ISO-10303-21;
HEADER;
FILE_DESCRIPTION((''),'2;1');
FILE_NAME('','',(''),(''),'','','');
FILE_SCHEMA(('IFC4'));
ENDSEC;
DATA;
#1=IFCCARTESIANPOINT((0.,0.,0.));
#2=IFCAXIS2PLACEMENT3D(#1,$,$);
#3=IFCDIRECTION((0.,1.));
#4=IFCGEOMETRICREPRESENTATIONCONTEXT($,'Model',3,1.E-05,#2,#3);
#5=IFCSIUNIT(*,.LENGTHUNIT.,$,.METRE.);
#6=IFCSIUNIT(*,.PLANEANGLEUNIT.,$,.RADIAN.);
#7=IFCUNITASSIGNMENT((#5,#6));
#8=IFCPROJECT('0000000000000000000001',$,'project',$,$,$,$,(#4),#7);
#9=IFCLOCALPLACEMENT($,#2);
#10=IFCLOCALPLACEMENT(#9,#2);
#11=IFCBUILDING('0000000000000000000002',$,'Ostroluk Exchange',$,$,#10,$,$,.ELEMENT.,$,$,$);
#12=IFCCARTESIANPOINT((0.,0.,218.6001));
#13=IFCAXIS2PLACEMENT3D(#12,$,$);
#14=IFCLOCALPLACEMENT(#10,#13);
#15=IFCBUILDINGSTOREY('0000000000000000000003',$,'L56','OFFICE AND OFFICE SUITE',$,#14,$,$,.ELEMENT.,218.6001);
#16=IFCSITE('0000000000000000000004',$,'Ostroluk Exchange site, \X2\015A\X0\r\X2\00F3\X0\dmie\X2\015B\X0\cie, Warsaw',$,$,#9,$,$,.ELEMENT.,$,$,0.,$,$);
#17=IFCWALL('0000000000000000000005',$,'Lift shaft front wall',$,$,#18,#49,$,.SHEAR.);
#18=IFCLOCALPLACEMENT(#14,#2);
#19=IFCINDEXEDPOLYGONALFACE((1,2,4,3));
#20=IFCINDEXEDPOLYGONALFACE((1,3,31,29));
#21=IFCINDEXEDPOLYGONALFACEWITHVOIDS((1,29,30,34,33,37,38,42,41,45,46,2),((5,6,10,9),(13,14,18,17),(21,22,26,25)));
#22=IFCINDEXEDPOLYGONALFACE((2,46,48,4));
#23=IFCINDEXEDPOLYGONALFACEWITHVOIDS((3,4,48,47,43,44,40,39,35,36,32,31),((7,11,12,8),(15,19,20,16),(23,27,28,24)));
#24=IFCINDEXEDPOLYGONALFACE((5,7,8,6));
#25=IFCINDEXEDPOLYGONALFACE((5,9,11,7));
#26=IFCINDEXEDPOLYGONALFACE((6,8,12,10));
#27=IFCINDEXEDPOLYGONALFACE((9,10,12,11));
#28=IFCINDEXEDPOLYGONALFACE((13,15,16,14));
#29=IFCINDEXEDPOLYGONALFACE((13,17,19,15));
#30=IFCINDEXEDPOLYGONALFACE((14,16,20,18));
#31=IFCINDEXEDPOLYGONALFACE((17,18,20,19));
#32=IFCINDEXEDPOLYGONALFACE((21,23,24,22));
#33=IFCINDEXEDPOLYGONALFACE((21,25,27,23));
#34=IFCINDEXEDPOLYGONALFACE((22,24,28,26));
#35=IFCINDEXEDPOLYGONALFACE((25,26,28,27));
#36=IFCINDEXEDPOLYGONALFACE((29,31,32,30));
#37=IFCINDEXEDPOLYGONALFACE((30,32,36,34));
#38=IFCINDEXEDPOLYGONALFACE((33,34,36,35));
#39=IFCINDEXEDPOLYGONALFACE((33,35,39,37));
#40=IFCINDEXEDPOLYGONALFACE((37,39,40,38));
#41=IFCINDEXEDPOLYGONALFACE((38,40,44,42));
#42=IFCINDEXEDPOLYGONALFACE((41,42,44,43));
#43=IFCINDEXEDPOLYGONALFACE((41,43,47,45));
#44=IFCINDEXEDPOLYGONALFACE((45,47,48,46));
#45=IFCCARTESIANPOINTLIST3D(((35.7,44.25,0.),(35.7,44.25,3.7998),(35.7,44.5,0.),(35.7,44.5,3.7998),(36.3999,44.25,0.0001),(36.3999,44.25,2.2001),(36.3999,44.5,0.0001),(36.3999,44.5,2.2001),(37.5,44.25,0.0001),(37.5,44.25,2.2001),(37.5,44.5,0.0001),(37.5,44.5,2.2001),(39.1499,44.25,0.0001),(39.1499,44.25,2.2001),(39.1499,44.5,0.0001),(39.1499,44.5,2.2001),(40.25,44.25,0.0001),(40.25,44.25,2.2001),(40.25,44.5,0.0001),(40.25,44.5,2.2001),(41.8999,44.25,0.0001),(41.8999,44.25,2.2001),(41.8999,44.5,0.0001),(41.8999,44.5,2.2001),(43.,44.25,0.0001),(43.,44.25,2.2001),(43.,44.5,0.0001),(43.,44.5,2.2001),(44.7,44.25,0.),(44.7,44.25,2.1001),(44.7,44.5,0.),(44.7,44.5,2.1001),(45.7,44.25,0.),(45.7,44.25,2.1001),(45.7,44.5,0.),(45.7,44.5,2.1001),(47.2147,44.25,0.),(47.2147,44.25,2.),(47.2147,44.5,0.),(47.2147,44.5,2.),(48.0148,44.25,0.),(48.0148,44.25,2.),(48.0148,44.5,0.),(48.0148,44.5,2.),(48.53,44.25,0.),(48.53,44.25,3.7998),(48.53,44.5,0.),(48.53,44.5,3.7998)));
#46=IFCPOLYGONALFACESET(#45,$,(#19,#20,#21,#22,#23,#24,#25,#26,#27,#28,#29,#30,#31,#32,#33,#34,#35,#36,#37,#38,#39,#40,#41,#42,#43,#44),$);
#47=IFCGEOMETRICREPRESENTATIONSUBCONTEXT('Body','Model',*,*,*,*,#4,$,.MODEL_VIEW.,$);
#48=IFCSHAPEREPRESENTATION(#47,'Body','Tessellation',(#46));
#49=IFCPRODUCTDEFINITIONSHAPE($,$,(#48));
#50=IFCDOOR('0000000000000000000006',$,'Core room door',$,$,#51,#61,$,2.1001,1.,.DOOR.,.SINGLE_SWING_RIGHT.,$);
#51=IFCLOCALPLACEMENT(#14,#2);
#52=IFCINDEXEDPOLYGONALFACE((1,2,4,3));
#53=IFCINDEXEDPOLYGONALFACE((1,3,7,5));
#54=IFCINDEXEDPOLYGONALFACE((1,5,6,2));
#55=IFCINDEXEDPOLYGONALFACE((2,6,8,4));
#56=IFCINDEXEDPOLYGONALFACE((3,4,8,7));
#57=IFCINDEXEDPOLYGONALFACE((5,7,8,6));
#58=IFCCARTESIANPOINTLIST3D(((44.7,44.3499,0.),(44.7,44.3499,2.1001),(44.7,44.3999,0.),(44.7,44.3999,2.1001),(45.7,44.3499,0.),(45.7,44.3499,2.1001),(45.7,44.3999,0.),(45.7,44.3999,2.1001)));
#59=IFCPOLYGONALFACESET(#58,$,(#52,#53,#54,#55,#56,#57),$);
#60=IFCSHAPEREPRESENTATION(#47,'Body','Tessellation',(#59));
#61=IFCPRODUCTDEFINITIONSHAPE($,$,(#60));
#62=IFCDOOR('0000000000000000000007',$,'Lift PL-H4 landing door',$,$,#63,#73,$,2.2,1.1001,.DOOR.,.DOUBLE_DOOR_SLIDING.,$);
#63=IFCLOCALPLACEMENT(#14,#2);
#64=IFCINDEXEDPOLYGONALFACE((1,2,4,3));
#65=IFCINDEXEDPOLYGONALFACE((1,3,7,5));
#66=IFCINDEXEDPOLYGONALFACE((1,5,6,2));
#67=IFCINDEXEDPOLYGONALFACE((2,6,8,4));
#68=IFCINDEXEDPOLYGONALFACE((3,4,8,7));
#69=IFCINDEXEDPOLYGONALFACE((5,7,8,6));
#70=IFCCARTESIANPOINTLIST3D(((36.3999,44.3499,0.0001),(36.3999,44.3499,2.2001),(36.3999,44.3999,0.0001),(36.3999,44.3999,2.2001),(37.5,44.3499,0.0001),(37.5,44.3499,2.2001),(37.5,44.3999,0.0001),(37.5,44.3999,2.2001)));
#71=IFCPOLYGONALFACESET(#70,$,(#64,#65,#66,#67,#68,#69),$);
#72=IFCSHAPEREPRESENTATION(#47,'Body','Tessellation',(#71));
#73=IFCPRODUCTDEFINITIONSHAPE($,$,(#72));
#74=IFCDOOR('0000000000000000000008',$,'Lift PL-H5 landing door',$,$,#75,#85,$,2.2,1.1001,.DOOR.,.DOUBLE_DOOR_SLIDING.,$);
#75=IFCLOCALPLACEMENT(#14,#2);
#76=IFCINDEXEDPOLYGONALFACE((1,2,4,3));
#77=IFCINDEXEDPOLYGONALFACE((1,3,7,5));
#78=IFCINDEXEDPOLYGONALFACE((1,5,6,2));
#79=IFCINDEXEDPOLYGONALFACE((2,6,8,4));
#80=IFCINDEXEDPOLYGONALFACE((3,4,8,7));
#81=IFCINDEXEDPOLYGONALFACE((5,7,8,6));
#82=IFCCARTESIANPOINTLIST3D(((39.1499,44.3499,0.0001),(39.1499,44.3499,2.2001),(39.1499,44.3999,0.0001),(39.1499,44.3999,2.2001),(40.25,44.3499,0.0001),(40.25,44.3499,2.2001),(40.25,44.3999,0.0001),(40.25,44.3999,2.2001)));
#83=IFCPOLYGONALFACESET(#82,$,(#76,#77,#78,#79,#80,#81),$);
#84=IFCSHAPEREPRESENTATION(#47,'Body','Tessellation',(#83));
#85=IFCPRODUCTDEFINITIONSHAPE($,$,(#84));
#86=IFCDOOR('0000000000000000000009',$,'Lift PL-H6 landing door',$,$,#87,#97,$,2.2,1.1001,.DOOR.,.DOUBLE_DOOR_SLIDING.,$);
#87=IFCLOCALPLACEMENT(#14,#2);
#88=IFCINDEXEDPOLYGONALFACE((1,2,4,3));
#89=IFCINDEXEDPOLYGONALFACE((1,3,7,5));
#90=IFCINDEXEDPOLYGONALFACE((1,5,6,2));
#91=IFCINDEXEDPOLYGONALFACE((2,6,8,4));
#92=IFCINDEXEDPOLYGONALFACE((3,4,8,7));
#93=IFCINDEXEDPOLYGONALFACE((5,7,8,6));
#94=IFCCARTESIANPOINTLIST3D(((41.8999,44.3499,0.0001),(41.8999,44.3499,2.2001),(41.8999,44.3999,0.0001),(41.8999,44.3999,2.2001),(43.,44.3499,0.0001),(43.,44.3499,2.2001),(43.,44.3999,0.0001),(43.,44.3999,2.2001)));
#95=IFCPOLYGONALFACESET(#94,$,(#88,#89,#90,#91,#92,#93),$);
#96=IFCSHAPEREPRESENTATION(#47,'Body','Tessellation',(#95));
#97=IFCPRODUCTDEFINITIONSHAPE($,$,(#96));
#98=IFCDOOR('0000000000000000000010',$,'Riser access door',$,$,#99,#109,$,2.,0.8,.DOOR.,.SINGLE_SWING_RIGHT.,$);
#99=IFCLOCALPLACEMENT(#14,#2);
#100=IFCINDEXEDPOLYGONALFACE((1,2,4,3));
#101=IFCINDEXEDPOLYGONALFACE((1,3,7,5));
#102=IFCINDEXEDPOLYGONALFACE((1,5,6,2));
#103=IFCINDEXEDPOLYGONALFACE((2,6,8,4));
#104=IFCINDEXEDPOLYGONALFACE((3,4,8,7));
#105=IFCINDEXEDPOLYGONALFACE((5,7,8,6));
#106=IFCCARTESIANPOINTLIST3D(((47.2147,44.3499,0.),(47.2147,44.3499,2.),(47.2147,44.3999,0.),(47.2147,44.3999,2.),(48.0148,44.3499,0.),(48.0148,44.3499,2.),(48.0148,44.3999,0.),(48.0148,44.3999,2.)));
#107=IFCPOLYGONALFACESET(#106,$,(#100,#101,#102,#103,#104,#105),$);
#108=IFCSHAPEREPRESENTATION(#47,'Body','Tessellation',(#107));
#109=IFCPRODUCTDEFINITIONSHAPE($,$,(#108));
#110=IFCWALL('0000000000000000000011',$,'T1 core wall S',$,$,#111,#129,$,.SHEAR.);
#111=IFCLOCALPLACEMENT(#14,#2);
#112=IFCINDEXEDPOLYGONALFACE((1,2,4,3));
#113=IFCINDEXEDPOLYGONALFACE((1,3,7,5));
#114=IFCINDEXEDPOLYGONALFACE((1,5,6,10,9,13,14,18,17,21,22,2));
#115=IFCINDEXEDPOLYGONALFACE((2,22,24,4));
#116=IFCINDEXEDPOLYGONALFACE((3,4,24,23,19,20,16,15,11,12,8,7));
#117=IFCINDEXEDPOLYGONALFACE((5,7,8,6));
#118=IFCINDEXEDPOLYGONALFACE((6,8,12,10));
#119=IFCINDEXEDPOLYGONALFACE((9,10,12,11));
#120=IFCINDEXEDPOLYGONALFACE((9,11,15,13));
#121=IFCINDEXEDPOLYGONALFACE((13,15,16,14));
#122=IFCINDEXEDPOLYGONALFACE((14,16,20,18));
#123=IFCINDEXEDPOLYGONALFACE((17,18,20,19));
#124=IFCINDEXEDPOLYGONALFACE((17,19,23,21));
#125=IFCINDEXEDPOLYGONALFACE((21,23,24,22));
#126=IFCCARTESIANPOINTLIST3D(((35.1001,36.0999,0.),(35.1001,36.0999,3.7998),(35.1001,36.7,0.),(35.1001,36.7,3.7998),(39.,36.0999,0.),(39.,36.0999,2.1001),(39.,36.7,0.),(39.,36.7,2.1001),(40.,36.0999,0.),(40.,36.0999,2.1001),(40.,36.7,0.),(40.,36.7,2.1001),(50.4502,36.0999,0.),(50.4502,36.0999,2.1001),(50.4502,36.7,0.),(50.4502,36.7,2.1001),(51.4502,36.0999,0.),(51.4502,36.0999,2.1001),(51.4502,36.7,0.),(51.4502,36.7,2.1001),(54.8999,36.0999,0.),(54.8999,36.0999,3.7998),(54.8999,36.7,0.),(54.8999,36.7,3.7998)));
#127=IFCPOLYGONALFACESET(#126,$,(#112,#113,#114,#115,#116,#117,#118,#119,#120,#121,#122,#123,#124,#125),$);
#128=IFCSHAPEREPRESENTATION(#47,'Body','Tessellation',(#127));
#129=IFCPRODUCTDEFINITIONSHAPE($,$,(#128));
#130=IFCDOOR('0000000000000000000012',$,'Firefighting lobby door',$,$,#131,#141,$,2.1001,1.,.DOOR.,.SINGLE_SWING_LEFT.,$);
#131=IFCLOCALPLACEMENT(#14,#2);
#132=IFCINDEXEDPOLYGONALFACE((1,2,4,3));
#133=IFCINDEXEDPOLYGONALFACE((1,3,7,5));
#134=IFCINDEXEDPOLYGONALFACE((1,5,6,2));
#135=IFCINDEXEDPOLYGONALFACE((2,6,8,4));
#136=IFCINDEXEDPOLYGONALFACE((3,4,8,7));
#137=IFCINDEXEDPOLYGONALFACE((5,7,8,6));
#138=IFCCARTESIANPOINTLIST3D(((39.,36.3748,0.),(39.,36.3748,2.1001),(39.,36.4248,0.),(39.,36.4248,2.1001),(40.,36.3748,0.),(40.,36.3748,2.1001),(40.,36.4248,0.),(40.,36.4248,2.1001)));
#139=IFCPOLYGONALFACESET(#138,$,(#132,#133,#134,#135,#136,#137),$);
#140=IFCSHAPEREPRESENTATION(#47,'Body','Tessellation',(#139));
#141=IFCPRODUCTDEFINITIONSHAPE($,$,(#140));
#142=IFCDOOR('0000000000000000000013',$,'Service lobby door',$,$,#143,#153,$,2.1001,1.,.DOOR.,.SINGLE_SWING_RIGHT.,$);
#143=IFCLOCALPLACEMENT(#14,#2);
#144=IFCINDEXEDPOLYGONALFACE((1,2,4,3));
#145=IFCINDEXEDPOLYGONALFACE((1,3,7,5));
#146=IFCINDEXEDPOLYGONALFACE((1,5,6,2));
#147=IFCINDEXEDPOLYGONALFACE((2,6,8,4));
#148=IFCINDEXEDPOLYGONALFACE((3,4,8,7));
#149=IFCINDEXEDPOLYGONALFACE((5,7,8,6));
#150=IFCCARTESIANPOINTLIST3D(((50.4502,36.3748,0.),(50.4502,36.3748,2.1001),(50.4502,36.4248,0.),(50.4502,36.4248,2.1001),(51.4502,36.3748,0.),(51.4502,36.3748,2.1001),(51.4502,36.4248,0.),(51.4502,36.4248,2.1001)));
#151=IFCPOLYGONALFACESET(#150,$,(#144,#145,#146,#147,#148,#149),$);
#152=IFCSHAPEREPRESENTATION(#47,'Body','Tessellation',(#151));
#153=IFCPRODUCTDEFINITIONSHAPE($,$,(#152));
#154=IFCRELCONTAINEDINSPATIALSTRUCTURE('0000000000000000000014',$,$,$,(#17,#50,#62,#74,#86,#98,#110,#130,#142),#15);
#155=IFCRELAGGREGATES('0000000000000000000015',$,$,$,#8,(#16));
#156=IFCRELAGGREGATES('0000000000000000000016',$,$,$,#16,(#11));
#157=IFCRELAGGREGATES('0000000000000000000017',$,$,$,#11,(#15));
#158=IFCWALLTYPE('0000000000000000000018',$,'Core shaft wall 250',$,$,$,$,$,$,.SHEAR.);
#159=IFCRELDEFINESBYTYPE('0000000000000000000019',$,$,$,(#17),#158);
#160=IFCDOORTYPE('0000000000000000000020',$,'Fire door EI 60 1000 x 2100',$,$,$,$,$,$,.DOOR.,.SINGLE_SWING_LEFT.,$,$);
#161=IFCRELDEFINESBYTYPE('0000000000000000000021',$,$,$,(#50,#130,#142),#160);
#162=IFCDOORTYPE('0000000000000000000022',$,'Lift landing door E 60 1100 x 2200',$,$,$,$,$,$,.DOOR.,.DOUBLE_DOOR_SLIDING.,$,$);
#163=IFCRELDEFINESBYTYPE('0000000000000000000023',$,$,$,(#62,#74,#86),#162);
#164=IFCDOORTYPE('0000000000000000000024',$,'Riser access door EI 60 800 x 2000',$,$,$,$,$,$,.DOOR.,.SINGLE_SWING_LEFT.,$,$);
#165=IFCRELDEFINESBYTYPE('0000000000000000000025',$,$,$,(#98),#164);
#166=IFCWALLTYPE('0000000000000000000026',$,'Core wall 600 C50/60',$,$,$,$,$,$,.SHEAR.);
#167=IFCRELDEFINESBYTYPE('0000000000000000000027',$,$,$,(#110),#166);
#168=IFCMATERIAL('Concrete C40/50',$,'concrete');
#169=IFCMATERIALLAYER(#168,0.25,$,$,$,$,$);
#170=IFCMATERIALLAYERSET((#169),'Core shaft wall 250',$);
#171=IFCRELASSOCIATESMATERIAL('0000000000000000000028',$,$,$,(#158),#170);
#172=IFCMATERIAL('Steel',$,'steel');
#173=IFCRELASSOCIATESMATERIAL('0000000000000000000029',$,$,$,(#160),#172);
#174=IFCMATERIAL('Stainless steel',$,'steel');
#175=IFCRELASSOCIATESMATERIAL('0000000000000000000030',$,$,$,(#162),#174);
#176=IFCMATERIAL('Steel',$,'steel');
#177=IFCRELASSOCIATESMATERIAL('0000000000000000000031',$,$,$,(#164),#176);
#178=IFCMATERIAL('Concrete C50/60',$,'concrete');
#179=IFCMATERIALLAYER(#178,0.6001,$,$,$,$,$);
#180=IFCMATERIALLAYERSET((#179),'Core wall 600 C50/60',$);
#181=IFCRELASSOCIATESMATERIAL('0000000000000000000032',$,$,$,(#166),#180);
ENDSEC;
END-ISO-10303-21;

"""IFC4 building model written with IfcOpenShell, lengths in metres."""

from ifc_helpers import new_model, si_unit, direction, frame, frame_2d, origin, place, context, subcontext, project, spatial, rectangle, extrude, material, layer, layer_set, type_object, element, fill, save


model = new_model("IFC4")

# Units and contexts
model_context = context("Model", 3, precision=1e-05, world=origin(), true_north=direction((0.0, 1.0)))
body_context = subcontext(model_context, "Body", "Model", "MODEL_VIEW")
ifc_project = project(units=[si_unit("LENGTHUNIT", "METRE"), si_unit("PLANEANGLEUNIT", "RADIAN")], contexts=[model_context])

# Site, building, storey
site_placement = place(None, origin())
site = spatial("IfcSite", under=ifc_project, at=site_placement, Name="Ostroluk Exchange site, Śródmieście, Warsaw", CompositionType="ELEMENT", RefElevation=0.0)
building_placement = place(site_placement, origin())
building = spatial("IfcBuilding", under=site, at=building_placement, Name="Ostroluk Exchange", CompositionType="ELEMENT")
storey_placement = place(building_placement, frame((0.0, 0.0, 218.6001)))
storey = spatial("IfcBuildingStorey", under=building, at=storey_placement, Name="L56", Description="OFFICE AND OFFICE SUITE", CompositionType="ELEMENT", Elevation=218.6001)

# Shared definitions
ifc_material_1 = material(Name="Concrete C40/50", Category="concrete")
ifc_layer_1 = layer(ifc_material_1, 0.25)
ifc_layer_set_1 = layer_set([ifc_layer_1], Name="Core shaft wall 250")
wall_type_1 = type_object("IfcWallType", Name="Core shaft wall 250", PredefinedType="SHEAR", material=ifc_layer_set_1)

# Walls, openings, doors
wall_1_placement = place(storey_placement, frame((35.7, 44.375, 0.0), z_axis=(0.0, 0.0, 1.0), x_axis=(1.0, 0.0, 0.0)))
wall_1 = element("IfcWall", 1, at=wall_1_placement, inside=storey, type_object=wall_type_1, Name="Lift shaft front wall", PredefinedType="SHEAR", context=body_context, shape_type="SweptSolid", body=[
    extrude(rectangle(XDim=12.8301, YDim=0.25, at=frame_2d((6.415, 0.0))), origin(), (0.0, 0.0, 1.0), 3.7998),
])
opening_1_placement = place(wall_1_placement, frame((0.7, 0.0, 0.0)))
opening_1 = element("IfcOpeningElement", 2, at=opening_1_placement, cuts=wall_1, PredefinedType="OPENING", context=body_context, shape_type="SweptSolid", body=[
    extrude(rectangle(XDim=1.1001, YDim=2.2, at=frame_2d((0.55, 1.1001))), frame((0.0, 0.135, 0.0), z_axis=(0.0, -1.0, 0.0), x_axis=(1.0, 0.0, 0.0)), (0.0, 0.0, 1.0), 0.27),
])
opening_2_placement = place(wall_1_placement, frame((3.45, 0.0, 0.0)))
opening_2 = element("IfcOpeningElement", 3, at=opening_2_placement, cuts=wall_1, PredefinedType="OPENING", context=body_context, shape_type="SweptSolid", body=[
    extrude(rectangle(XDim=1.1001, YDim=2.2, at=frame_2d((0.55, 1.1001))), frame((0.0, 0.135, 0.0), z_axis=(0.0, -1.0, 0.0), x_axis=(1.0, 0.0, 0.0)), (0.0, 0.0, 1.0), 0.27),
])
opening_3_placement = place(wall_1_placement, frame((6.2, 0.0, 0.0)))
opening_3 = element("IfcOpeningElement", 4, at=opening_3_placement, cuts=wall_1, PredefinedType="OPENING", context=body_context, shape_type="SweptSolid", body=[
    extrude(rectangle(XDim=1.1001, YDim=2.2, at=frame_2d((0.55, 1.1001))), frame((0.0, 0.135, 0.0), z_axis=(0.0, -1.0, 0.0), x_axis=(1.0, 0.0, 0.0)), (0.0, 0.0, 1.0), 0.27),
])
opening_4_placement = place(wall_1_placement, frame((9.0, 0.0, 0.0)))
opening_4 = element("IfcOpeningElement", 5, at=opening_4_placement, cuts=wall_1, PredefinedType="OPENING", context=body_context, shape_type="SweptSolid", body=[
    extrude(rectangle(XDim=1.0, YDim=2.1001, at=frame_2d((0.5, 1.05))), frame((0.0, 0.135, 0.0), z_axis=(0.0, -1.0, 0.0), x_axis=(1.0, 0.0, 0.0)), (0.0, 0.0, 1.0), 0.27),
])
opening_5_placement = place(wall_1_placement, frame((11.5149, 0.0, 0.0)))
opening_5 = element("IfcOpeningElement", 6, at=opening_5_placement, cuts=wall_1, PredefinedType="OPENING", context=body_context, shape_type="SweptSolid", body=[
    extrude(rectangle(XDim=0.8, YDim=2.0, at=frame_2d((0.3999, 1.0))), frame((0.0, 0.135, 0.0), z_axis=(0.0, -1.0, 0.0), x_axis=(1.0, 0.0, 0.0)), (0.0, 0.0, 1.0), 0.27),
])
ifc_material_2 = material(Name="Steel", Category="steel")
door_type_1 = type_object("IfcDoorType", Name="Fire door EI 60 1000 x 2100", OperationType="SINGLE_SWING_LEFT", PredefinedType="DOOR", material=ifc_material_2)
door_1_placement = place(opening_4_placement, origin())
door_1 = element("IfcDoor", 7, at=door_1_placement, inside=storey, type_object=door_type_1, Name="Core room door", OperationType="SINGLE_SWING_RIGHT", OverallHeight=2.1001, OverallWidth=1.0, PredefinedType="DOOR", context=body_context, shape_type="SweptSolid", body=[
    extrude(rectangle(XDim=1.0, YDim=2.1001, at=frame_2d((0.5, 1.05))), frame((0.0, 0.0249, 0.0), z_axis=(0.0, -1.0, 0.0), x_axis=(1.0, 0.0, 0.0)), (0.0, 0.0, 1.0), 0.05),
])
fill(opening_4, door_1)
ifc_material_3 = material(Name="Stainless steel", Category="steel")
door_type_2 = type_object("IfcDoorType", Name="Lift landing door E 60 1100 x 2200", OperationType="DOUBLE_DOOR_SLIDING", PredefinedType="DOOR", material=ifc_material_3)
door_2_placement = place(opening_1_placement, origin())
door_2 = element("IfcDoor", 8, at=door_2_placement, inside=storey, type_object=door_type_2, Name="Lift PL-H4 landing door", OperationType="DOUBLE_DOOR_SLIDING", OverallHeight=2.2, OverallWidth=1.1001, PredefinedType="DOOR", context=body_context, shape_type="SweptSolid", body=[
    extrude(rectangle(XDim=1.1001, YDim=2.2, at=frame_2d((0.55, 1.1001))), frame((0.0, 0.0249, 0.0), z_axis=(0.0, -1.0, 0.0), x_axis=(1.0, 0.0, 0.0)), (0.0, 0.0, 1.0), 0.05),
])
fill(opening_1, door_2)
door_3_placement = place(opening_2_placement, origin())
door_3 = element("IfcDoor", 9, at=door_3_placement, inside=storey, type_object=door_type_2, Name="Lift PL-H5 landing door", OperationType="DOUBLE_DOOR_SLIDING", OverallHeight=2.2, OverallWidth=1.1001, PredefinedType="DOOR", context=body_context, shape_type="SweptSolid", body=[
    extrude(rectangle(XDim=1.1001, YDim=2.2, at=frame_2d((0.55, 1.1001))), frame((0.0, 0.0249, 0.0), z_axis=(0.0, -1.0, 0.0), x_axis=(1.0, 0.0, 0.0)), (0.0, 0.0, 1.0), 0.05),
])
fill(opening_2, door_3)
door_4_placement = place(opening_3_placement, origin())
door_4 = element("IfcDoor", 10, at=door_4_placement, inside=storey, type_object=door_type_2, Name="Lift PL-H6 landing door", OperationType="DOUBLE_DOOR_SLIDING", OverallHeight=2.2, OverallWidth=1.1001, PredefinedType="DOOR", context=body_context, shape_type="SweptSolid", body=[
    extrude(rectangle(XDim=1.1001, YDim=2.2, at=frame_2d((0.55, 1.1001))), frame((0.0, 0.0249, 0.0), z_axis=(0.0, -1.0, 0.0), x_axis=(1.0, 0.0, 0.0)), (0.0, 0.0, 1.0), 0.05),
])
fill(opening_3, door_4)
ifc_material_4 = material(Name="Steel", Category="steel")
door_type_3 = type_object("IfcDoorType", Name="Riser access door EI 60 800 x 2000", OperationType="SINGLE_SWING_LEFT", PredefinedType="DOOR", material=ifc_material_4)
door_5_placement = place(opening_5_placement, origin())
door_5 = element("IfcDoor", 11, at=door_5_placement, inside=storey, type_object=door_type_3, Name="Riser access door", OperationType="SINGLE_SWING_RIGHT", OverallHeight=2.0, OverallWidth=0.8, PredefinedType="DOOR", context=body_context, shape_type="SweptSolid", body=[
    extrude(rectangle(XDim=0.8, YDim=2.0, at=frame_2d((0.3999, 1.0))), frame((0.0, 0.0249, 0.0), z_axis=(0.0, -1.0, 0.0), x_axis=(1.0, 0.0, 0.0)), (0.0, 0.0, 1.0), 0.05),
])
fill(opening_5, door_5)
ifc_material_5 = material(Name="Concrete C50/60", Category="concrete")
ifc_layer_2 = layer(ifc_material_5, 0.6001)
ifc_layer_set_2 = layer_set([ifc_layer_2], Name="Core wall 600 C50/60")
wall_type_2 = type_object("IfcWallType", Name="Core wall 600 C50/60", PredefinedType="SHEAR", material=ifc_layer_set_2)
wall_2_placement = place(storey_placement, frame((35.1001, 36.3999, 0.0), z_axis=(0.0, 0.0, 1.0), x_axis=(1.0, 0.0, 0.0)))
wall_2 = element("IfcWall", 12, at=wall_2_placement, inside=storey, type_object=wall_type_2, Name="T1 core wall S", PredefinedType="SHEAR", context=body_context, shape_type="SweptSolid", body=[
    extrude(rectangle(XDim=19.7998, YDim=0.6001, at=frame_2d((9.8999, 0.0))), origin(), (0.0, 0.0, 1.0), 3.7998),
])
opening_6_placement = place(wall_2_placement, frame((3.8999, 0.0, 0.0)))
opening_6 = element("IfcOpeningElement", 13, at=opening_6_placement, cuts=wall_2, PredefinedType="OPENING", context=body_context, shape_type="SweptSolid", body=[
    extrude(rectangle(XDim=1.0, YDim=2.1001, at=frame_2d((0.5, 1.05))), frame((0.0, 0.3101, 0.0), z_axis=(0.0, -1.0, 0.0), x_axis=(1.0, 0.0, 0.0)), (0.0, 0.0, 1.0), 0.6201),
])
opening_7_placement = place(wall_2_placement, frame((15.3501, 0.0, 0.0)))
opening_7 = element("IfcOpeningElement", 14, at=opening_7_placement, cuts=wall_2, PredefinedType="OPENING", context=body_context, shape_type="SweptSolid", body=[
    extrude(rectangle(XDim=1.0, YDim=2.1001, at=frame_2d((0.5, 1.05))), frame((0.0, 0.3101, 0.0), z_axis=(0.0, -1.0, 0.0), x_axis=(1.0, 0.0, 0.0)), (0.0, 0.0, 1.0), 0.6201),
])
door_6_placement = place(opening_6_placement, origin())
door_6 = element("IfcDoor", 15, at=door_6_placement, inside=storey, type_object=door_type_1, Name="Firefighting lobby door", OperationType="SINGLE_SWING_LEFT", OverallHeight=2.1001, OverallWidth=1.0, PredefinedType="DOOR", context=body_context, shape_type="SweptSolid", body=[
    extrude(rectangle(XDim=1.0, YDim=2.1001, at=frame_2d((0.5, 1.05))), frame((0.0, 0.0249, 0.0), z_axis=(0.0, -1.0, 0.0), x_axis=(1.0, 0.0, 0.0)), (0.0, 0.0, 1.0), 0.05),
])
fill(opening_6, door_6)
door_7_placement = place(opening_7_placement, origin())
door_7 = element("IfcDoor", 16, at=door_7_placement, inside=storey, type_object=door_type_1, Name="Service lobby door", OperationType="SINGLE_SWING_RIGHT", OverallHeight=2.1001, OverallWidth=1.0, PredefinedType="DOOR", context=body_context, shape_type="SweptSolid", body=[
    extrude(rectangle(XDim=1.0, YDim=2.1001, at=frame_2d((0.5, 1.05))), frame((0.0, 0.0249, 0.0), z_axis=(0.0, -1.0, 0.0), x_axis=(1.0, 0.0, 0.0)), (0.0, 0.0, 1.0), 0.05),
])
fill(opening_7, door_7)

save(model, "model.ifc")
